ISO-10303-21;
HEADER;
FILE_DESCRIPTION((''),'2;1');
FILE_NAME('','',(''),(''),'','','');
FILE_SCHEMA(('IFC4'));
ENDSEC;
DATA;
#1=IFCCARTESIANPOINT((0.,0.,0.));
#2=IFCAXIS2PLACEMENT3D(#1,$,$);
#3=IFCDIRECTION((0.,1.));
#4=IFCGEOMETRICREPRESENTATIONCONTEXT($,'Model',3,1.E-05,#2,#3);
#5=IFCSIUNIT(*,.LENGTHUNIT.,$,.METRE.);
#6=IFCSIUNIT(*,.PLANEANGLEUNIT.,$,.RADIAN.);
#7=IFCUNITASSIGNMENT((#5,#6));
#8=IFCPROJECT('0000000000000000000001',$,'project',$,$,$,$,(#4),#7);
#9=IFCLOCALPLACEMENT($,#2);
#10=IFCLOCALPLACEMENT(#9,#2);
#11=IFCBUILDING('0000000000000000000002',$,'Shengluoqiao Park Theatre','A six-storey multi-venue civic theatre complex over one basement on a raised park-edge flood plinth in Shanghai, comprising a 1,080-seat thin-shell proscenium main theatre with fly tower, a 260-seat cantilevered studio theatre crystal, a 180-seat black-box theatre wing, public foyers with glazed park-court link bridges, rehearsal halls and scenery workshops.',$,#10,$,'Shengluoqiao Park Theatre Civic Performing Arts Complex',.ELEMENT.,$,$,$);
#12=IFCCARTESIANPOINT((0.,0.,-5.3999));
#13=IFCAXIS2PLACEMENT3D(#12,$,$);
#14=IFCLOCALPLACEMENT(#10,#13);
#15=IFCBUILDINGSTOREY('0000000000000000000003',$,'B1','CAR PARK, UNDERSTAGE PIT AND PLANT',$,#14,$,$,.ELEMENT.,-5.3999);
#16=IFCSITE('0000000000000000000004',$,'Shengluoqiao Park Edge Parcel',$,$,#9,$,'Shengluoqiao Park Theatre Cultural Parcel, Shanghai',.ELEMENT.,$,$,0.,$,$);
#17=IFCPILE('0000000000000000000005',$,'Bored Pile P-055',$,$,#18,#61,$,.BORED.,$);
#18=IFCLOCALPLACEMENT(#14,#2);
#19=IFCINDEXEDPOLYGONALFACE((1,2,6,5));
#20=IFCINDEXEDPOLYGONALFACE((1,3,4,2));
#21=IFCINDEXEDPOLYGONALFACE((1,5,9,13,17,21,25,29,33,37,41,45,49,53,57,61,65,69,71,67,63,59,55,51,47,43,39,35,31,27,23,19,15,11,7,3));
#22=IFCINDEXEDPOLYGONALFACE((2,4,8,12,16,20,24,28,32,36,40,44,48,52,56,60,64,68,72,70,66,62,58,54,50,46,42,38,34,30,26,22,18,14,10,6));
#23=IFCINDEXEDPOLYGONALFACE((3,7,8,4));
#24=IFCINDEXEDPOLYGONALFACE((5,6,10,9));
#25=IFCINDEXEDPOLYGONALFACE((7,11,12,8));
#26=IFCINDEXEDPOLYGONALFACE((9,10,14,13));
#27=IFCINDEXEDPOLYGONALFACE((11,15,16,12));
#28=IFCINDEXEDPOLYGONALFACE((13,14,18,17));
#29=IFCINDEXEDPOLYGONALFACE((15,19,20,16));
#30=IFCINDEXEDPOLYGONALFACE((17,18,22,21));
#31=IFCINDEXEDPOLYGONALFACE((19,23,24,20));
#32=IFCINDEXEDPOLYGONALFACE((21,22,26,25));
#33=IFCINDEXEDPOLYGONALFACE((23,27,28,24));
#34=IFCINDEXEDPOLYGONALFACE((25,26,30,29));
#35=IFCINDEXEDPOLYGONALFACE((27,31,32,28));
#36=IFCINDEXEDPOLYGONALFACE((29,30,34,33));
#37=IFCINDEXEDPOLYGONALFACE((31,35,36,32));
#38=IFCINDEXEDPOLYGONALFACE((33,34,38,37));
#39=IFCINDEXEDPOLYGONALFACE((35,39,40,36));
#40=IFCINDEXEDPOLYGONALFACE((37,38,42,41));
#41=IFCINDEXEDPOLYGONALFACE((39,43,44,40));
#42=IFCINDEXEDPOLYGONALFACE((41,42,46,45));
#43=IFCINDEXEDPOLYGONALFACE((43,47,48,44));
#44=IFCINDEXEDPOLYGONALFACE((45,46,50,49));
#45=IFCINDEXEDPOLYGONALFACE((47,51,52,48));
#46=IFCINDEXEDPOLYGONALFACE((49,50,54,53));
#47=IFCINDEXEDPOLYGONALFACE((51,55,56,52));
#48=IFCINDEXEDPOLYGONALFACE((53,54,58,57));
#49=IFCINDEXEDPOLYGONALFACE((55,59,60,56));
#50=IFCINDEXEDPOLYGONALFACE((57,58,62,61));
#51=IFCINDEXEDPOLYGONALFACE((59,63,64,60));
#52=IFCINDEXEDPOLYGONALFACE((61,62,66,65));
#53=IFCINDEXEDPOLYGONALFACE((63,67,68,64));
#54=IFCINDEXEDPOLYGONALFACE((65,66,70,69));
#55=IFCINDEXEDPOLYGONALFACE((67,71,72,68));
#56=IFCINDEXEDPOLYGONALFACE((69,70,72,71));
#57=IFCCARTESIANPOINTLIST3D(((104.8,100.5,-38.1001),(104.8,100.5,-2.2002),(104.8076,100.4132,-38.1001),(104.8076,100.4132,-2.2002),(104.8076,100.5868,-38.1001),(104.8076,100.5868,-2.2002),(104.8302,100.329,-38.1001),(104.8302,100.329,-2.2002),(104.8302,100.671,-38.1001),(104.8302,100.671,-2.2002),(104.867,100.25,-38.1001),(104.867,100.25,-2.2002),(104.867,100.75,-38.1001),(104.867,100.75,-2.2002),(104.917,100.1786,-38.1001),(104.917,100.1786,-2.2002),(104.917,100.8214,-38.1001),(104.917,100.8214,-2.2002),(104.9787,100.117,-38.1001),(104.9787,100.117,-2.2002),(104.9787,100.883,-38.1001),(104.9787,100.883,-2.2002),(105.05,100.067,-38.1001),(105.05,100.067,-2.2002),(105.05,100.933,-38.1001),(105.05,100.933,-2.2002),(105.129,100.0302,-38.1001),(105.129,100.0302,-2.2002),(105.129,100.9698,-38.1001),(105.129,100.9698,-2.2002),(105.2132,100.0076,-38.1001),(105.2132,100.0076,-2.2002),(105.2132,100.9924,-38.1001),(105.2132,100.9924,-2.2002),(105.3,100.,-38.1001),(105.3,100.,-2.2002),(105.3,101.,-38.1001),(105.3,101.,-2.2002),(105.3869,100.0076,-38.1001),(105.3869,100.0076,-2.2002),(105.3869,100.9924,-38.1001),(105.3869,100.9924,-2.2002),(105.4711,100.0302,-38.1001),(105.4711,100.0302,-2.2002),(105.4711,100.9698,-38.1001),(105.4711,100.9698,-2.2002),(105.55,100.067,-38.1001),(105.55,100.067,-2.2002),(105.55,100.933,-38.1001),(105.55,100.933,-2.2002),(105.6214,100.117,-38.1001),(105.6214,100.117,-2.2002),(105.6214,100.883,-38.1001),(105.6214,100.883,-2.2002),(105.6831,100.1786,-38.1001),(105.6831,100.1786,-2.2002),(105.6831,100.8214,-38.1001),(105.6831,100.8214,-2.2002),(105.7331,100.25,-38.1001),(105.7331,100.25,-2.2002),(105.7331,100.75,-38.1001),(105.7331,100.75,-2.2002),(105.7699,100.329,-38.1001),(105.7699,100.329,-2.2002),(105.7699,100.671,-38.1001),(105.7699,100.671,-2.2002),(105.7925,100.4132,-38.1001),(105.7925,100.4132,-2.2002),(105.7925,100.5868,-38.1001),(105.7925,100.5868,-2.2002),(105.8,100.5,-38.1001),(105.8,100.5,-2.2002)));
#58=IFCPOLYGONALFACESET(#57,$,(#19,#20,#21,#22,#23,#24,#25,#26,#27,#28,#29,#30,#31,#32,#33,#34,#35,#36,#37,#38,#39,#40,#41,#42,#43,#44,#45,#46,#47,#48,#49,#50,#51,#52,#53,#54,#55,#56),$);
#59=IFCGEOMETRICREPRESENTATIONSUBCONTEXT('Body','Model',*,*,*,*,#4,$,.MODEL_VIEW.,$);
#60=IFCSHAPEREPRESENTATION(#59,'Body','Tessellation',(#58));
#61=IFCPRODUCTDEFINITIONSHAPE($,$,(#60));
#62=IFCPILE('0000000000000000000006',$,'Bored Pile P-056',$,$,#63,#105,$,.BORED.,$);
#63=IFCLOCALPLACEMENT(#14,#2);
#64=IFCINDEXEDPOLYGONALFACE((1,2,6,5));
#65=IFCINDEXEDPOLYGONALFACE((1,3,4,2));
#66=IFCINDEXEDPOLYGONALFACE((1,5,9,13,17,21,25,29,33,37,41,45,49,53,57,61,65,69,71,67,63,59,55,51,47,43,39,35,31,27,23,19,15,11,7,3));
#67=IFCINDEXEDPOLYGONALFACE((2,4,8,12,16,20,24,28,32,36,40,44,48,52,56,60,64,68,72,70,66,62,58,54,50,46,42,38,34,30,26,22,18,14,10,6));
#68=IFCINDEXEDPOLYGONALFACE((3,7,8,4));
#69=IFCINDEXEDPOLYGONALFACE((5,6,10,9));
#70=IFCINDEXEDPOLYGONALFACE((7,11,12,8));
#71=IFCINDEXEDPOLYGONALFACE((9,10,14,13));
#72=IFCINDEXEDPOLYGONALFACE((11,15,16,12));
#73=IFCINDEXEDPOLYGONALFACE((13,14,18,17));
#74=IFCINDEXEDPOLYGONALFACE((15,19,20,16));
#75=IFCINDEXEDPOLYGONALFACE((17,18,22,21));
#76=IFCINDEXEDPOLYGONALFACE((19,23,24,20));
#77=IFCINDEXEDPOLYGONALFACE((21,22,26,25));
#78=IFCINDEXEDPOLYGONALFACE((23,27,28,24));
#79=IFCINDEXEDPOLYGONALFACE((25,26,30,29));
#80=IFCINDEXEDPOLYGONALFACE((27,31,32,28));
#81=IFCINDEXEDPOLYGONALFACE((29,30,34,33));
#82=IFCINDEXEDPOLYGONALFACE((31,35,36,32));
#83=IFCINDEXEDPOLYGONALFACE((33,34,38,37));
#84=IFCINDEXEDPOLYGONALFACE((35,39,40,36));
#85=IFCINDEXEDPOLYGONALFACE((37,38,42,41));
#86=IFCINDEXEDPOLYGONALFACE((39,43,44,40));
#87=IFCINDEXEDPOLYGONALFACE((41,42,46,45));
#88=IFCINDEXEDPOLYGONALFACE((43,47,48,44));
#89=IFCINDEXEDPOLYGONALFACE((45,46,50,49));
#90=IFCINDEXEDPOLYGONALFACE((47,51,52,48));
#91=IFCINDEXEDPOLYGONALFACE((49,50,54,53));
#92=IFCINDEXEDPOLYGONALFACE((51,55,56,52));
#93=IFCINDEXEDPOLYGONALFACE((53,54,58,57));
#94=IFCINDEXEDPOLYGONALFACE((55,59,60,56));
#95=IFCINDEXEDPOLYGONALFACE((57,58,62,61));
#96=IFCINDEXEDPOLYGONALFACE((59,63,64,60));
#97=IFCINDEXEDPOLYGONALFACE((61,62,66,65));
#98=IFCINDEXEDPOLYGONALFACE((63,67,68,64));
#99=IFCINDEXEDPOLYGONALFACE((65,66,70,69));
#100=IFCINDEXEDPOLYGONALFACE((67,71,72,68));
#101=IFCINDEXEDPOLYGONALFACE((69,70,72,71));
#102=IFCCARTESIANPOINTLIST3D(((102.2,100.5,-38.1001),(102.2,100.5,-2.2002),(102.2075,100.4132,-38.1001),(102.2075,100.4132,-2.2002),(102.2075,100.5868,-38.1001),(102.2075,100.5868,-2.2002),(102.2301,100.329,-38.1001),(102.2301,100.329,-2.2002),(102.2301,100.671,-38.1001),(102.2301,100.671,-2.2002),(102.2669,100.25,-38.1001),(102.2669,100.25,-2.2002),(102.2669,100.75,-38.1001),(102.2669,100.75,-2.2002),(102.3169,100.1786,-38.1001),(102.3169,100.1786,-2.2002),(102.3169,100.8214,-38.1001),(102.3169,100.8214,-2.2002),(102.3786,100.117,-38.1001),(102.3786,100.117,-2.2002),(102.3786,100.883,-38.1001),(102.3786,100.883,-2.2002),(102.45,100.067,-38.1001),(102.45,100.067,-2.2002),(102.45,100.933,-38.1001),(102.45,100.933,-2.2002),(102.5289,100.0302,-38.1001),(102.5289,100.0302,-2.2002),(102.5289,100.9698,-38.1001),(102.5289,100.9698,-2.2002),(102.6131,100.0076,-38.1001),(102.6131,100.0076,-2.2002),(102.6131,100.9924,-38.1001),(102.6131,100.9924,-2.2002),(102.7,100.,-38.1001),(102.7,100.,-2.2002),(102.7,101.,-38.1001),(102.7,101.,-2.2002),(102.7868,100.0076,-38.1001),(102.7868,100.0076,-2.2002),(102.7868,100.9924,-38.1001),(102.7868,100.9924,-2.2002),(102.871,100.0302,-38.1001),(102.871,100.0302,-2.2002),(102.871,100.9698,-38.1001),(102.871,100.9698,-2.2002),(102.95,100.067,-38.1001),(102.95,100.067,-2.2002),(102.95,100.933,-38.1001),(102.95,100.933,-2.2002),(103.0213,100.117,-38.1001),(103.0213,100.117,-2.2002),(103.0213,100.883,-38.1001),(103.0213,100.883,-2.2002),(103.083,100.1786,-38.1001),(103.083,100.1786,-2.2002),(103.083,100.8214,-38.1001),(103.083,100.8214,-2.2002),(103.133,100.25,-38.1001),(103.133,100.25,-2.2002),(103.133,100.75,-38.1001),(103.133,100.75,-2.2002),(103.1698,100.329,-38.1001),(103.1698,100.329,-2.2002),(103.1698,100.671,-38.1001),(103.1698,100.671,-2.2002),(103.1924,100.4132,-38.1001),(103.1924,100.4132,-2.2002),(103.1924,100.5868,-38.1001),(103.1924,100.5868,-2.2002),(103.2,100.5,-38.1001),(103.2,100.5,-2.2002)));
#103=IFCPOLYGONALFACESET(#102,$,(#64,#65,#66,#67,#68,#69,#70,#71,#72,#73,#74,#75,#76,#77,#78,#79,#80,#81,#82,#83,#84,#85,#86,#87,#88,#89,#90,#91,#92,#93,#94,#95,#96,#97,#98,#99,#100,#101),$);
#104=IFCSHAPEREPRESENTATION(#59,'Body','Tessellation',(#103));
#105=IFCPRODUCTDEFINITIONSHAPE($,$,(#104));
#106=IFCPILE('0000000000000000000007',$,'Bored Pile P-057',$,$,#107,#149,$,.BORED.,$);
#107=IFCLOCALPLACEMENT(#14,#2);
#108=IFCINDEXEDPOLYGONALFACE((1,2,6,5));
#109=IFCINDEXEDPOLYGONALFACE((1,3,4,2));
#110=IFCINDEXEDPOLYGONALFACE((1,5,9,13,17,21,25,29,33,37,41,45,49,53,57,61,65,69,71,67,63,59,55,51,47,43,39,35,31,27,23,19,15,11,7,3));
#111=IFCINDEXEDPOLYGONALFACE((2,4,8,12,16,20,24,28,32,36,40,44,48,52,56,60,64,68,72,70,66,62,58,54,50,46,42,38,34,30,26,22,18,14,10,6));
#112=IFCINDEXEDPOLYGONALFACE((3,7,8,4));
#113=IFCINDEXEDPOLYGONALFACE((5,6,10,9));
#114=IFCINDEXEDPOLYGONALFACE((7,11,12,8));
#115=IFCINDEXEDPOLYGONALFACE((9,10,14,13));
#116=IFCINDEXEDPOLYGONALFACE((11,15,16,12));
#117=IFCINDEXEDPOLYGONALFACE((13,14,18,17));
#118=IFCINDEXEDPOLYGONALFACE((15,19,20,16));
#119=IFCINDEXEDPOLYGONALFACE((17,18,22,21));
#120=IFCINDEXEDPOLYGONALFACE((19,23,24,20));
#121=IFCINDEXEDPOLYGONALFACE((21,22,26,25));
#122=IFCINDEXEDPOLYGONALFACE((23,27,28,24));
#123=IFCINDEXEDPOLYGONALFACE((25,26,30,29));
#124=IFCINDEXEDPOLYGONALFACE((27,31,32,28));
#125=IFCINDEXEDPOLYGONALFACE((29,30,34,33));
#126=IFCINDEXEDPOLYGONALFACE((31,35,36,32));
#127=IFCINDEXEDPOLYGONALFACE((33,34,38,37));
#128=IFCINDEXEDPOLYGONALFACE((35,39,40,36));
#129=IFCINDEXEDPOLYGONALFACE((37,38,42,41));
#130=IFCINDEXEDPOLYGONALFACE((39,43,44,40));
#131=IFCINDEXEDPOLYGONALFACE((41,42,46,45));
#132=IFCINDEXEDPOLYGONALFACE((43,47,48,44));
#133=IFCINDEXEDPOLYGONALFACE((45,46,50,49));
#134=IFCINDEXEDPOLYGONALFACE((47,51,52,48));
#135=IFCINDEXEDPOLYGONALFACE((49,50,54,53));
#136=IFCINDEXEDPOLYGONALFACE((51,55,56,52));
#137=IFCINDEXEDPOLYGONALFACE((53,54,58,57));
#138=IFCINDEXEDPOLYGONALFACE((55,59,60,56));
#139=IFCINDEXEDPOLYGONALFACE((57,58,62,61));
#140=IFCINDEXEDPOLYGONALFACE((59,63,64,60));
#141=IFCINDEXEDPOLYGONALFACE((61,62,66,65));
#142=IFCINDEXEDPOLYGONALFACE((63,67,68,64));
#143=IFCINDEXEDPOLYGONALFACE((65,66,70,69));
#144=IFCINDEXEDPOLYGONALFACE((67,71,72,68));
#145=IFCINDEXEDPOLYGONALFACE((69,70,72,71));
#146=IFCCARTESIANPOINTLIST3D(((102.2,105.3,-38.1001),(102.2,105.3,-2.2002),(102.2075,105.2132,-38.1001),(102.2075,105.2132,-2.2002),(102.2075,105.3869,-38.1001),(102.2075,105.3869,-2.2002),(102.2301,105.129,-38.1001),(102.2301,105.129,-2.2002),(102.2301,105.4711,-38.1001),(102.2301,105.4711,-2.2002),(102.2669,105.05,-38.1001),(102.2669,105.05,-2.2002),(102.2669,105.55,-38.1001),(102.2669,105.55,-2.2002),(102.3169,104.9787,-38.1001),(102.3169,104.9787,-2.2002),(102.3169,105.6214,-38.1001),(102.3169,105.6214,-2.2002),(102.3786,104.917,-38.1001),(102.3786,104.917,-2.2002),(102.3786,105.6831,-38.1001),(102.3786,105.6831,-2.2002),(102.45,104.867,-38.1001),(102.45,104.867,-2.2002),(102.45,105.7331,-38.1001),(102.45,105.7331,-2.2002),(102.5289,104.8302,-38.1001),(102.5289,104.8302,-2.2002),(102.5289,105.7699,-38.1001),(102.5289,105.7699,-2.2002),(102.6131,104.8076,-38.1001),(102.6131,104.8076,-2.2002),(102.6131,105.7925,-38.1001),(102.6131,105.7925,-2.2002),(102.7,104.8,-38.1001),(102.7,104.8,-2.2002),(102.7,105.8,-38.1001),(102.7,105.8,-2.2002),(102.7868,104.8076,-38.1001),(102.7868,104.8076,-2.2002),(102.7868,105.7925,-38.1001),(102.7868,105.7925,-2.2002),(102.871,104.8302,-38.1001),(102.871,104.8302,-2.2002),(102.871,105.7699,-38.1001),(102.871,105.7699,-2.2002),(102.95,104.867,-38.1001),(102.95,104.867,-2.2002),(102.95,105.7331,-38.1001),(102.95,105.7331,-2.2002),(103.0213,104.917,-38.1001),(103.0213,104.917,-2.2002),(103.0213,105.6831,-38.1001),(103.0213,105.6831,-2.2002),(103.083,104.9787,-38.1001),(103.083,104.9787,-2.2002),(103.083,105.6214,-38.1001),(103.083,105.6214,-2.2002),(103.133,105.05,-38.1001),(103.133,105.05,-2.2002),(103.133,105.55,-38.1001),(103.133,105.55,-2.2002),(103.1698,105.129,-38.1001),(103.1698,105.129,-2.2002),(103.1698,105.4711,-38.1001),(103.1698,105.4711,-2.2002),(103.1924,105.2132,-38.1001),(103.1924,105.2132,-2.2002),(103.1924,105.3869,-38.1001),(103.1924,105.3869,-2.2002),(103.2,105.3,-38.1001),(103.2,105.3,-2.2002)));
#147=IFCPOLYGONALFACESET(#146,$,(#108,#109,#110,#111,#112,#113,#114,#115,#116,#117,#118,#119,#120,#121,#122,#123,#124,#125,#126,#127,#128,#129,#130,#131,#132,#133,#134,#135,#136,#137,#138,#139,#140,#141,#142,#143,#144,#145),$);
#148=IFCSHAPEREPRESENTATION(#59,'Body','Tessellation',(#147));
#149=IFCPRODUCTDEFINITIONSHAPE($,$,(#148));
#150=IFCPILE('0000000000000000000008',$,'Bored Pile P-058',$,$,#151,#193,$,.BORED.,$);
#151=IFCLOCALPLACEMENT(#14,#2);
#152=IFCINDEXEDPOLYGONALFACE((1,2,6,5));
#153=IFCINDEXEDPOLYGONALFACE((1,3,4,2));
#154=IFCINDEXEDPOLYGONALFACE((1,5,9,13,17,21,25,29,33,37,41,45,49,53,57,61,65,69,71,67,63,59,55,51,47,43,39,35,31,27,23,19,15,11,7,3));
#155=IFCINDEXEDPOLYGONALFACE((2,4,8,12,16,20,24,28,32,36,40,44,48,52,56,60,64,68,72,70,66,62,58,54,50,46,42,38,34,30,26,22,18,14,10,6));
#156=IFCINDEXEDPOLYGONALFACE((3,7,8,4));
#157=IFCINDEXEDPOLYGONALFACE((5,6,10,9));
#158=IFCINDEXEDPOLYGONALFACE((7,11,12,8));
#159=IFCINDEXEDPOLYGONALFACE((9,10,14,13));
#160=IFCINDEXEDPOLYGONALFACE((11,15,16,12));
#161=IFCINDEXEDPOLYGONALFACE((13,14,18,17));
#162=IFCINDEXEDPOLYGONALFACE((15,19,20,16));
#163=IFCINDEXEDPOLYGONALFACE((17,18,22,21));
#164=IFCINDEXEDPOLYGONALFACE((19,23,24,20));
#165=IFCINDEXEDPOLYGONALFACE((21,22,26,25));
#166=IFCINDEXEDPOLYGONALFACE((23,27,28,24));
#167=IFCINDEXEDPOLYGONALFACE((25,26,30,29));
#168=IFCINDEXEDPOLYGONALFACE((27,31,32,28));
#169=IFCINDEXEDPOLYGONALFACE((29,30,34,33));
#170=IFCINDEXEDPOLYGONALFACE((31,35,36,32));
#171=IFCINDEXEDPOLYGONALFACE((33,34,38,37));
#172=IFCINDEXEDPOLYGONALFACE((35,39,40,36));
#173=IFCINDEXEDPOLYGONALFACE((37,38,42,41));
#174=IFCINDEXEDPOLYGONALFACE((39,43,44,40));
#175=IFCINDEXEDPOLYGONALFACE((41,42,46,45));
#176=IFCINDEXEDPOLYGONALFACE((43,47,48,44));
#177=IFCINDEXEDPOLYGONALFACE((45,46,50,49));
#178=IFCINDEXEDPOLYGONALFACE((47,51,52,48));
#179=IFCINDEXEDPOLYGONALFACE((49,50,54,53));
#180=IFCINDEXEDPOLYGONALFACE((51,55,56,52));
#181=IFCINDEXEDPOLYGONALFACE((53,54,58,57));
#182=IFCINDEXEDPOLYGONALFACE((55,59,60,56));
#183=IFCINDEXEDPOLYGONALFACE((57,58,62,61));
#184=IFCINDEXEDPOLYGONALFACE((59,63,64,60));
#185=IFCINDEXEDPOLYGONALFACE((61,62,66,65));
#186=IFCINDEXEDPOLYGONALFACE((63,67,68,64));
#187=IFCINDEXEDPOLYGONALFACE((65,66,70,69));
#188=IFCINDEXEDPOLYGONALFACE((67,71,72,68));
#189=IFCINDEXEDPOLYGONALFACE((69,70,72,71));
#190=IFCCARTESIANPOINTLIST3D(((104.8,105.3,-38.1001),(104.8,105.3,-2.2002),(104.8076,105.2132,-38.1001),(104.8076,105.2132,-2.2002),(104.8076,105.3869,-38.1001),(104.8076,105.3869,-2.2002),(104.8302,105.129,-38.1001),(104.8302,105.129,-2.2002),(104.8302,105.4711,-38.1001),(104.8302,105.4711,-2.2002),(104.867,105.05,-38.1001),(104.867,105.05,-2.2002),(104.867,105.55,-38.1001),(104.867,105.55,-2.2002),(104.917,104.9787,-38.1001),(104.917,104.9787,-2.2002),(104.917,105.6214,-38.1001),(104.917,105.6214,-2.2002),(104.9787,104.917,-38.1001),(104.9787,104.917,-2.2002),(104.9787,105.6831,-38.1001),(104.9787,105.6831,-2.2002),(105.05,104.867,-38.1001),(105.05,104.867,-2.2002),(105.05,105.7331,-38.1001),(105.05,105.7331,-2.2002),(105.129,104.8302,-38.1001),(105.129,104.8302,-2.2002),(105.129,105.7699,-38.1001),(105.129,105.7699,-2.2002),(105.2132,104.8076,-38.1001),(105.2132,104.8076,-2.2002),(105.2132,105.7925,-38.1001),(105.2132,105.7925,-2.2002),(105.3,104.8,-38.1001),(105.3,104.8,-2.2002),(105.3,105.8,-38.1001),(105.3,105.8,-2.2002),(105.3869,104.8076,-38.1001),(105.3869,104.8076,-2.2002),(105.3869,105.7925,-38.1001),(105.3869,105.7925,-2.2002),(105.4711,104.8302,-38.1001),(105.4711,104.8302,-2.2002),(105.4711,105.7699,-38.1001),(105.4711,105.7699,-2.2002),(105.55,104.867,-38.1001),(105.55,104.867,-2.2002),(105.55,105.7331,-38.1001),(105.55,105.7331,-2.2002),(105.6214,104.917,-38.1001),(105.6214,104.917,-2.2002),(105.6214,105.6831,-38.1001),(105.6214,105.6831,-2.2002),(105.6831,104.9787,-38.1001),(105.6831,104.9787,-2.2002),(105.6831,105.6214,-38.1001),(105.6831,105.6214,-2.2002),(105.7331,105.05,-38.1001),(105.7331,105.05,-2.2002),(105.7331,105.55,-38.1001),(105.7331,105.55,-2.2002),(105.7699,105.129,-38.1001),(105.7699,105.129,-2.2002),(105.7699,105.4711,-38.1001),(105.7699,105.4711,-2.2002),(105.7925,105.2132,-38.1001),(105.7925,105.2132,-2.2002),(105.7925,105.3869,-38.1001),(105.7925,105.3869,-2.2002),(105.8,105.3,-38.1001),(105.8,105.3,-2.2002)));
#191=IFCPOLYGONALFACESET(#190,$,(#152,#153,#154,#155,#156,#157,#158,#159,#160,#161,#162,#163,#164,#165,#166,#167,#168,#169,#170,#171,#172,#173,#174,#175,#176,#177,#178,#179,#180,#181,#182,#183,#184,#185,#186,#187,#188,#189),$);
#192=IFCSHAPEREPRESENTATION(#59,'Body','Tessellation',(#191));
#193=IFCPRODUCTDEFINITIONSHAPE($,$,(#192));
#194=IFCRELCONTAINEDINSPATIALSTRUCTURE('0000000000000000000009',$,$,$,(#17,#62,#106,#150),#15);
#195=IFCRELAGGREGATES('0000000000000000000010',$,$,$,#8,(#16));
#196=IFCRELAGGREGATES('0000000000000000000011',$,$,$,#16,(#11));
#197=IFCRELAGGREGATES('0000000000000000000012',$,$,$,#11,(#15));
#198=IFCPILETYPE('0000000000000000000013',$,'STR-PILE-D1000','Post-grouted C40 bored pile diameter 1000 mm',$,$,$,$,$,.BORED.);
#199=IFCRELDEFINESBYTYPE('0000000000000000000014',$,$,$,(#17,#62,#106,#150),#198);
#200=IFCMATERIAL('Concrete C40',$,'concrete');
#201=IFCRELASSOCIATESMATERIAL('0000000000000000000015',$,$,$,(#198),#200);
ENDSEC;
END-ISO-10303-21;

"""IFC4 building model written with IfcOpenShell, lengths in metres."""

from ifc_helpers import new_model, si_unit, direction, frame, origin, origin_2d, place, context, subcontext, project, spatial, circle, extrude, material, material_profile, profile_set, type_object, element, save


model = new_model("IFC4")

# Units and contexts
model_context = context("Model", 3, precision=1e-05, world=origin(), true_north=direction((0.0, 1.0)))
body_context = subcontext(model_context, "Body", "Model", "MODEL_VIEW")
ifc_project = project(units=[si_unit("LENGTHUNIT", "METRE"), si_unit("PLANEANGLEUNIT", "RADIAN")], contexts=[model_context])

# Site, building, storey
site_placement = place(None, origin())
site = spatial("IfcSite", under=ifc_project, at=site_placement, Name="Shengluoqiao Park Edge Parcel", LongName="Shengluoqiao Park Theatre Cultural Parcel, Shanghai", CompositionType="ELEMENT", RefElevation=0.0)
building_placement = place(site_placement, origin())
building = spatial("IfcBuilding", under=site, at=building_placement, Name="Shengluoqiao Park Theatre", Description="A six-storey multi-venue civic theatre complex over one basement on a raised park-edge flood plinth in Shanghai, comprising a 1,080-seat thin-shell proscenium main theatre with fly tower, a 260-seat cantilevered studio theatre crystal, a 180-seat black-box theatre wing, public foyers with glazed park-court link bridges, rehearsal halls and scenery workshops.", LongName="Shengluoqiao Park Theatre Civic Performing Arts Complex", CompositionType="ELEMENT")
storey_placement = place(building_placement, frame((0.0, 0.0, -5.3999)))
storey = spatial("IfcBuildingStorey", under=building, at=storey_placement, Name="B1", Description="CAR PARK, UNDERSTAGE PIT AND PLANT", CompositionType="ELEMENT", Elevation=-5.3999)

# Shared definitions
ifc_material_1 = material(Name="Concrete C40", Category="concrete")

# Piles
ifc_material_profile_1 = material_profile(ifc_material_1, circle(Radius=0.5, at=origin_2d()), Name="BORED PILE D1000")
ifc_profile_set_1 = profile_set([ifc_material_profile_1], Name="Concrete C40")
pile_type_1 = type_object("IfcPileType", Name="STR-PILE-D1000", Description="Post-grouted C40 bored pile diameter 1000 mm", PredefinedType="BORED", material=ifc_profile_set_1)
for number, where, z_axis, x_axis, name in (
    (1, (105.3, 100.5, -2.2002), (0.0, 0.0, -1.0), (1.0, 0.0, 0.0), "Bored Pile P-055"),
    (2, (102.7, 100.5, -2.2002), (0.0, 0.0, -1.0), (1.0, 0.0, 0.0), "Bored Pile P-056"),
    (3, (102.7, 105.3, -2.2002), (0.0, 0.0, -1.0), (1.0, 0.0, 0.0), "Bored Pile P-057"),
    (4, (105.3, 105.3, -2.2002), (0.0, 0.0, -1.0), (1.0, 0.0, 0.0), "Bored Pile P-058"),
):
    element("IfcPile", number, at=place(storey_placement, frame(where, z_axis=z_axis, x_axis=x_axis)), inside=storey, type_object=pile_type_1, Name=name, PredefinedType="BORED", context=body_context, shape_type="SweptSolid", body=[
        extrude(circle(Radius=0.5, at=origin_2d()), origin(), (0.0, 0.0, 1.0), 35.8999),
    ])

save(model, "model.ifc")
